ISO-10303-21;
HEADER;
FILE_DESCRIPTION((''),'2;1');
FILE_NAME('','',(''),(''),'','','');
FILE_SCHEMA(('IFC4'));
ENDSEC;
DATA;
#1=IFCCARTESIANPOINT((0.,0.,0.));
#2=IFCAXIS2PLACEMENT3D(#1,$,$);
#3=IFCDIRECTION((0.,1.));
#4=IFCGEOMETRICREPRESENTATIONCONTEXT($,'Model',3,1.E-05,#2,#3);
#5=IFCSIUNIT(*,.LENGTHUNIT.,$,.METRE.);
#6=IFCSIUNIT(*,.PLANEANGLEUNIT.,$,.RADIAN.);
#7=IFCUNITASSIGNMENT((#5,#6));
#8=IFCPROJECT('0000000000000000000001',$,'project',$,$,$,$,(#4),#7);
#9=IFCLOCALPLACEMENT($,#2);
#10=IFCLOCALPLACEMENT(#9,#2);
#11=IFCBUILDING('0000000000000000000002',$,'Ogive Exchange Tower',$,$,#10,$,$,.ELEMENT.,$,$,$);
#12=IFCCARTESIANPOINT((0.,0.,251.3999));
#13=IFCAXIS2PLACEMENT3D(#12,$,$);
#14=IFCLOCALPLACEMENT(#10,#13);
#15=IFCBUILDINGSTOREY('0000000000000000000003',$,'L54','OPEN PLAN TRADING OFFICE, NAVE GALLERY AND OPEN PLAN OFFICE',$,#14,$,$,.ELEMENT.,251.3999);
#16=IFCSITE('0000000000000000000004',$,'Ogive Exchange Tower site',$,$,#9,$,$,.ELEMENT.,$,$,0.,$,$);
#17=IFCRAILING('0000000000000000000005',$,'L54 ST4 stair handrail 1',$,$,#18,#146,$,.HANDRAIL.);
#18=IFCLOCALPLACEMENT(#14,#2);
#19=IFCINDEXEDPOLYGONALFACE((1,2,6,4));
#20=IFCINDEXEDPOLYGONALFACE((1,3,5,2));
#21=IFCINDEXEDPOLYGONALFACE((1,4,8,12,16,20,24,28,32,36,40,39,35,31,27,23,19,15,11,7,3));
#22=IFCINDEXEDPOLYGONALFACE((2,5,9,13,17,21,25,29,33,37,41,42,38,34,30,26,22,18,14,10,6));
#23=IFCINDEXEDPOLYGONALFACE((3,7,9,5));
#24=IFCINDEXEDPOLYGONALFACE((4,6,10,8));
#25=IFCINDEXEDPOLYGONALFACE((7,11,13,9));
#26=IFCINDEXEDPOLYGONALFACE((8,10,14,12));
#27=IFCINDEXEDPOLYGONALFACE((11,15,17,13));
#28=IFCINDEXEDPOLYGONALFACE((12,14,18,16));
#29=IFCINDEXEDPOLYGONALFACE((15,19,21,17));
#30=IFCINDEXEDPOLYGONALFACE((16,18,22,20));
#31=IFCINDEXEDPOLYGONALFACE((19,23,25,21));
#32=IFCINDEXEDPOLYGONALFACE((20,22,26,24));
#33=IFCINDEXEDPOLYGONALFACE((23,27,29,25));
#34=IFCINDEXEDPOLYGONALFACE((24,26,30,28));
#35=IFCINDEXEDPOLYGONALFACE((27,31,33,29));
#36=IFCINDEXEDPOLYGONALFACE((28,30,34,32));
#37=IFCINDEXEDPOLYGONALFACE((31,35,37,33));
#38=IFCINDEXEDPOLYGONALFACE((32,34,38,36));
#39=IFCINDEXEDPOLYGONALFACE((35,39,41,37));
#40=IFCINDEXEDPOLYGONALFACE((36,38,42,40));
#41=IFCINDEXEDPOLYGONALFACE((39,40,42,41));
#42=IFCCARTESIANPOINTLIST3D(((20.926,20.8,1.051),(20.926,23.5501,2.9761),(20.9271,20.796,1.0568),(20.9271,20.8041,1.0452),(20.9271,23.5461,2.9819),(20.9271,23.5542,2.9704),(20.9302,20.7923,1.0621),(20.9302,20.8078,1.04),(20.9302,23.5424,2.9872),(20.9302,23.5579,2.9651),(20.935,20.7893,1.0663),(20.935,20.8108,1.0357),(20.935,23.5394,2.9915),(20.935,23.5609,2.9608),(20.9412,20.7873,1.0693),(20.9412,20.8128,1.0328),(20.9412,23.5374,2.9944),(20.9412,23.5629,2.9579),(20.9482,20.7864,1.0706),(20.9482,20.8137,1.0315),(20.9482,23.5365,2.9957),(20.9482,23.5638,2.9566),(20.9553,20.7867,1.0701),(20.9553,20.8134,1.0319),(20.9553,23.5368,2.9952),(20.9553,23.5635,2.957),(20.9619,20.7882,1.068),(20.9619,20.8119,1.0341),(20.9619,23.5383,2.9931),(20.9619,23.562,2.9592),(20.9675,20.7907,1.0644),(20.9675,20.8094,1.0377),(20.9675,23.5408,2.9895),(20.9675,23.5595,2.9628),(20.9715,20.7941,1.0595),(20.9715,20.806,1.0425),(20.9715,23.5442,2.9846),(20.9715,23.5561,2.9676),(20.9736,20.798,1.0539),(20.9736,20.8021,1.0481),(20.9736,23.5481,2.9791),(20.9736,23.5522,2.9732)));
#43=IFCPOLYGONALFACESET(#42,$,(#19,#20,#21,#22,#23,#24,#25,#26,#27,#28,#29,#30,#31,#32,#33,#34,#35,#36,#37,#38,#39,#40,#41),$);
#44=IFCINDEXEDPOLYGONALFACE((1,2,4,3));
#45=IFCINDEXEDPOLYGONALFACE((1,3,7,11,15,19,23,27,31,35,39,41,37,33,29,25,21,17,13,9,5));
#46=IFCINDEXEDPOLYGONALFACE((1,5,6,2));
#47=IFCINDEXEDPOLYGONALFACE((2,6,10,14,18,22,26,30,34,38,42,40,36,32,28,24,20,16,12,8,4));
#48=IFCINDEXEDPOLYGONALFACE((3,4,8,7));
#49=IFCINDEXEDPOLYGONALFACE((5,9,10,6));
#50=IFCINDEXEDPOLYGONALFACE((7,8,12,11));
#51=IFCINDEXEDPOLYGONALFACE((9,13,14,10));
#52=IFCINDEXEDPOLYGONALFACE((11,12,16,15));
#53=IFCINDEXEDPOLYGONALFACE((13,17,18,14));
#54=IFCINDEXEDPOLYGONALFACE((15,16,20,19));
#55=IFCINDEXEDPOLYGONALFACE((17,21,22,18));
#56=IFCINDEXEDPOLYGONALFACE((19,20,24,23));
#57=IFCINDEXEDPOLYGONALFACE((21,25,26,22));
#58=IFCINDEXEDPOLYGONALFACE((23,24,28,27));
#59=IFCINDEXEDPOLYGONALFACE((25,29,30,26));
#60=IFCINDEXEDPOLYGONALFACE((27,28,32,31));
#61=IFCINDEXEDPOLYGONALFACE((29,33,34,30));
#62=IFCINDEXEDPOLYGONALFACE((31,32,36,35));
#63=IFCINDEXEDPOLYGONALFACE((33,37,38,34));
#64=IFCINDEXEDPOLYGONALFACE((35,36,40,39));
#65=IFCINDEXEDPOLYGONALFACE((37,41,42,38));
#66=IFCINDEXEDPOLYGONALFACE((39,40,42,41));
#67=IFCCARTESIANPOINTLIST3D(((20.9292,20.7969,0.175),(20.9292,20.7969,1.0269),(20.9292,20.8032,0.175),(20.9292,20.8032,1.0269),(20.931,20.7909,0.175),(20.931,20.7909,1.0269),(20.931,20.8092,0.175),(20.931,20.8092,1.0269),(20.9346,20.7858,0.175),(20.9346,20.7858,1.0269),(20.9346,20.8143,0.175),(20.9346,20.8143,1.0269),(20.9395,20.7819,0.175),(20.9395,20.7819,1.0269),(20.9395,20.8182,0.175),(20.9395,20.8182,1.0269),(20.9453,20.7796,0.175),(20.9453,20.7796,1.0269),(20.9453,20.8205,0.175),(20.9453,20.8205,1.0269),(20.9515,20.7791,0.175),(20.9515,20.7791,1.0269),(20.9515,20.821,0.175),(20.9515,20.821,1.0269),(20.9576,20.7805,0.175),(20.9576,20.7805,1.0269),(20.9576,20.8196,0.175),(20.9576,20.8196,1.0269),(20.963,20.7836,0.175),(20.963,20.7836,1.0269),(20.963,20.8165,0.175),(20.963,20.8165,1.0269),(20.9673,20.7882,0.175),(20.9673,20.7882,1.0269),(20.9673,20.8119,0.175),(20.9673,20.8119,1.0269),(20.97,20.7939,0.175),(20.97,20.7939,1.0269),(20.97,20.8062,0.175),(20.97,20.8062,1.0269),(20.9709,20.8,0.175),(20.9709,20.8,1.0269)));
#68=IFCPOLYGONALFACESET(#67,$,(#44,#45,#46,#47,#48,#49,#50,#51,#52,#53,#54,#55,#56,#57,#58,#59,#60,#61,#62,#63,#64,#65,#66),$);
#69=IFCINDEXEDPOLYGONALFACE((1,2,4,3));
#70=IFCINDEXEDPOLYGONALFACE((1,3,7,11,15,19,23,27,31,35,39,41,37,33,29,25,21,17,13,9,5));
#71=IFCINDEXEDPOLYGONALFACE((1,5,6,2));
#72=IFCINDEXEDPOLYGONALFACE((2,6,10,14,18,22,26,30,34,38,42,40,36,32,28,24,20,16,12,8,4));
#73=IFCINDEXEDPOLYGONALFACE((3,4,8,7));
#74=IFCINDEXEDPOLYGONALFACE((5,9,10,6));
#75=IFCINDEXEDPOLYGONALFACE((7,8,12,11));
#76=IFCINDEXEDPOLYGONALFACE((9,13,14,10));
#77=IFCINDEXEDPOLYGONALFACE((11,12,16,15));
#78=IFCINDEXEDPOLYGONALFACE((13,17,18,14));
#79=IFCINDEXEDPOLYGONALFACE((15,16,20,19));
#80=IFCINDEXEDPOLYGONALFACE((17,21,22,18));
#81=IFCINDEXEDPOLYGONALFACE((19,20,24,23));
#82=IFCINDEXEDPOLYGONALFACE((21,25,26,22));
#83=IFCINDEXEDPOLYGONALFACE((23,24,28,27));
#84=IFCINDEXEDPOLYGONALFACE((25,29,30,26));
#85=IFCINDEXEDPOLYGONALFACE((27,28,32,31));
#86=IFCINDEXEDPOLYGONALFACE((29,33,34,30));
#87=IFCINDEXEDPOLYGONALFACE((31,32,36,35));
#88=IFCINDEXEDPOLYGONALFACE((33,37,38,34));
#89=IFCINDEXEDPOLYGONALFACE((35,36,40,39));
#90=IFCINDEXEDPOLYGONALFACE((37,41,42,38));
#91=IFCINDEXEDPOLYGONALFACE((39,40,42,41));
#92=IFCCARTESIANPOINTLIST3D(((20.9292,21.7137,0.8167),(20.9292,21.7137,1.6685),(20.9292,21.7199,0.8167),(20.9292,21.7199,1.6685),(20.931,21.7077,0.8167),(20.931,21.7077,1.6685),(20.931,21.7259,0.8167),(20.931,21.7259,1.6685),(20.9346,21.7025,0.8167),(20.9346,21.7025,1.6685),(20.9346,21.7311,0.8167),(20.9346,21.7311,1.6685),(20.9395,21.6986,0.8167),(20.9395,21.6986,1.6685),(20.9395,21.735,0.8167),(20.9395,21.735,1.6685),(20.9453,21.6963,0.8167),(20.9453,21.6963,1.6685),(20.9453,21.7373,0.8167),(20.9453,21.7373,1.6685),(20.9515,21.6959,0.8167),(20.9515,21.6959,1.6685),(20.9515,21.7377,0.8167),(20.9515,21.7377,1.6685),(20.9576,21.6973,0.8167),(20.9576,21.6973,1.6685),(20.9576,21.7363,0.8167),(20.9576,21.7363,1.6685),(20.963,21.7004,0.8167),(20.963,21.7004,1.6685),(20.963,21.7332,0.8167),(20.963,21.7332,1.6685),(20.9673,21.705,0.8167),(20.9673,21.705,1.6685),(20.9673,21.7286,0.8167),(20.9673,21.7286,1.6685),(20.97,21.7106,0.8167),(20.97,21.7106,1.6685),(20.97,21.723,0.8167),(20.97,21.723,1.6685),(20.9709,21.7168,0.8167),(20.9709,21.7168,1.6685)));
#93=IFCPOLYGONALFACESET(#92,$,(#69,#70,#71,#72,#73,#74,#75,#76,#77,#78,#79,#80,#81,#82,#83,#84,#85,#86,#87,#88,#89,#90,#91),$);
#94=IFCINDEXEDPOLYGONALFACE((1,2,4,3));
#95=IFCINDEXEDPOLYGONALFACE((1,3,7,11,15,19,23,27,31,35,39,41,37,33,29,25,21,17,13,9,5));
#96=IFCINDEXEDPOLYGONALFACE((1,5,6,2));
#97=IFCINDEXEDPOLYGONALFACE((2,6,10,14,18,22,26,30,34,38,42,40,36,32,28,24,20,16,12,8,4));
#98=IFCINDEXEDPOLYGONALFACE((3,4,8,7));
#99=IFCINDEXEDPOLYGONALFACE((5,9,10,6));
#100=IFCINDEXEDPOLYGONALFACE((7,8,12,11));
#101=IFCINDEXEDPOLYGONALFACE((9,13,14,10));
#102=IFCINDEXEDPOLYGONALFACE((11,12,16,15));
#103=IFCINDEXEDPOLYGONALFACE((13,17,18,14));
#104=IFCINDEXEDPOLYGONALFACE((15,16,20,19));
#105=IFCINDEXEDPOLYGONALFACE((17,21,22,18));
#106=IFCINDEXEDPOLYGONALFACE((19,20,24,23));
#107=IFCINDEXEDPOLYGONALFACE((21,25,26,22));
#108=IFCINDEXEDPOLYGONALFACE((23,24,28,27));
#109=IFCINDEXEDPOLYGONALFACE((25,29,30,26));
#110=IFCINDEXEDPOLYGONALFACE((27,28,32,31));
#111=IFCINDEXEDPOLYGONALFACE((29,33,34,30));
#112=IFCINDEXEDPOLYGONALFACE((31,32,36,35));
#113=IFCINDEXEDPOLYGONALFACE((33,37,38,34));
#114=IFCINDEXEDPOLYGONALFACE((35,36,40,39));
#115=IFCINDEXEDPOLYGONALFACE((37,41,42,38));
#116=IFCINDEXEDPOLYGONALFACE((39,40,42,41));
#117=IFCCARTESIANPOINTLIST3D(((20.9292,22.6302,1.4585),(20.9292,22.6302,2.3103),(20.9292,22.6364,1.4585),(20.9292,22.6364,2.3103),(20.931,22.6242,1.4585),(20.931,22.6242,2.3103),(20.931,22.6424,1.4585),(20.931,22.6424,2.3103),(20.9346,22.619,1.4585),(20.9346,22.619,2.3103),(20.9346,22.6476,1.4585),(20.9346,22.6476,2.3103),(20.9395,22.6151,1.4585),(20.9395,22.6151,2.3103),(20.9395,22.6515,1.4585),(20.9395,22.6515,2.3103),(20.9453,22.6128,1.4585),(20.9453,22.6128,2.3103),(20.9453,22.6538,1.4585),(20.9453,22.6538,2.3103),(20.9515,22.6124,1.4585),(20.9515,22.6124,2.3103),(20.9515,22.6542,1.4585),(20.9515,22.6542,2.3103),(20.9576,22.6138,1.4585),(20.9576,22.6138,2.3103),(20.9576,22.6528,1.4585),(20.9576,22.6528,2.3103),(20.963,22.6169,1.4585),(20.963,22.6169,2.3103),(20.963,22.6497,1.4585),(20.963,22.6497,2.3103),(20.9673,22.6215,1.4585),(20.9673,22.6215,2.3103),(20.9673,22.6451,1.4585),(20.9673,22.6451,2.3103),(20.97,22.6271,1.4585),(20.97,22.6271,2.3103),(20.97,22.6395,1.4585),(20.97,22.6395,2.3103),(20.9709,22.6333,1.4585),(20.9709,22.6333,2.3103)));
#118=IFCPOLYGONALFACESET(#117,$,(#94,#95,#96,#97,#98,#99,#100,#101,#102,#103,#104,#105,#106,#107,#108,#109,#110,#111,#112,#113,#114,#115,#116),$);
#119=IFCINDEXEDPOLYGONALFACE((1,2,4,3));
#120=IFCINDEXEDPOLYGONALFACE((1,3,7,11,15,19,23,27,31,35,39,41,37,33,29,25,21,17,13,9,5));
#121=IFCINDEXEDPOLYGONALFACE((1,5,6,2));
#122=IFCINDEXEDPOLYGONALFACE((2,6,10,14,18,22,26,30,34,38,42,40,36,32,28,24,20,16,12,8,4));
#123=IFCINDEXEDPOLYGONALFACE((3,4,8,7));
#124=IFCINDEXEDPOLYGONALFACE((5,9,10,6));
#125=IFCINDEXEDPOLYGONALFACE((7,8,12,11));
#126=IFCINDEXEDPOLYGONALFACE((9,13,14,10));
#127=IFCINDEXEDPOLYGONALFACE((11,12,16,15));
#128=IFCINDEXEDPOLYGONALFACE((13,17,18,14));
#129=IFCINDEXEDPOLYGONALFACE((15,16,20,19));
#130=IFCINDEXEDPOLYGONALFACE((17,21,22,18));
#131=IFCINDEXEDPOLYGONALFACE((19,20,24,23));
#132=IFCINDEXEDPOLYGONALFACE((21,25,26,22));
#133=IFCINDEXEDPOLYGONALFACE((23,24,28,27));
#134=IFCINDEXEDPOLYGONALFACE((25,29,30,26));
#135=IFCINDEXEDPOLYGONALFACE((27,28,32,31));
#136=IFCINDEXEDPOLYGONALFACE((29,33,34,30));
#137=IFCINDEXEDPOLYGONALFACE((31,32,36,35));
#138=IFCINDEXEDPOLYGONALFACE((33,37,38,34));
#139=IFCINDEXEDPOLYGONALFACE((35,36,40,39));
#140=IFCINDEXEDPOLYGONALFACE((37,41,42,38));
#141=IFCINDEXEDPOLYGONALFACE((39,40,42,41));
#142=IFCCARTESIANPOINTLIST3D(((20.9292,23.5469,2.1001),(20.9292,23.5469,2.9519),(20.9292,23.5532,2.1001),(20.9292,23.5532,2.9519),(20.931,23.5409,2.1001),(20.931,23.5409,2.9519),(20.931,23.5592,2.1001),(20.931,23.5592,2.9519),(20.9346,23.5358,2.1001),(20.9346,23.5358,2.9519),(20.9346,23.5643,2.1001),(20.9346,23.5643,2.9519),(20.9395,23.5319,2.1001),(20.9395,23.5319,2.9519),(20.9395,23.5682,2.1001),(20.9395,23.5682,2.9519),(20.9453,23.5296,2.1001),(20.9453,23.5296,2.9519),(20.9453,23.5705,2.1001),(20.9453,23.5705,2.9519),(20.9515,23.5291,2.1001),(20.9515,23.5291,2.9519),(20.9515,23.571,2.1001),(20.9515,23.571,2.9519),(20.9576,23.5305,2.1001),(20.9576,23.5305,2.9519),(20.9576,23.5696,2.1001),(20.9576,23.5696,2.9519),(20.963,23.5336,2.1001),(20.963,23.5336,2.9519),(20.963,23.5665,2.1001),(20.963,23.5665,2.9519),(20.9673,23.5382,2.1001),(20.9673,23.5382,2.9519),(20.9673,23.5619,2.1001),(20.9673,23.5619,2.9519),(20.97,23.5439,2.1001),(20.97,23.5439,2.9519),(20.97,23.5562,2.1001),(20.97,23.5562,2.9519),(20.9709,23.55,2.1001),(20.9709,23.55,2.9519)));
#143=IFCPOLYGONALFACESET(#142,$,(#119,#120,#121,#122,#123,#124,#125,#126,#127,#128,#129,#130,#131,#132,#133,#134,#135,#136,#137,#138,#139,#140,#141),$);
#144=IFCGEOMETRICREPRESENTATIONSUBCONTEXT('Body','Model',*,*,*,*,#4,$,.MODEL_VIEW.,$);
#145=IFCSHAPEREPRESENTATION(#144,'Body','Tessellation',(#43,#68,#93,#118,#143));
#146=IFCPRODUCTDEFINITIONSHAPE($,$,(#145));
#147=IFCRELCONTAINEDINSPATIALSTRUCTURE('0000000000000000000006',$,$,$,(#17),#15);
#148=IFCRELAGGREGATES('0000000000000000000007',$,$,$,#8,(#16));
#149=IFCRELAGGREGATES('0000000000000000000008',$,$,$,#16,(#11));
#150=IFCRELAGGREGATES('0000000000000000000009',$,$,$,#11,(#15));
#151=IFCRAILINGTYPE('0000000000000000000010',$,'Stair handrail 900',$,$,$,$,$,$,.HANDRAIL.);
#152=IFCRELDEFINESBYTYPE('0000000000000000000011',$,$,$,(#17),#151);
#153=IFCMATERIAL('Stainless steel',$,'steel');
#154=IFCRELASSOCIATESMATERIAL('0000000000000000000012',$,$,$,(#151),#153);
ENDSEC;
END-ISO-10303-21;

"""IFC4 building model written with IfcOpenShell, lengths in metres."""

from ifc_helpers import new_model, si_unit, direction, frame, origin, origin_2d, place, context, subcontext, project, spatial, circle, extrude, material, type_object, element, save


model = new_model("IFC4")

# Units and contexts
model_context = context("Model", 3, precision=1e-05, world=origin(), true_north=direction((0.0, 1.0)))
body_context = subcontext(model_context, "Body", "Model", "MODEL_VIEW")
ifc_project = project(units=[si_unit("LENGTHUNIT", "METRE"), si_unit("PLANEANGLEUNIT", "RADIAN")], contexts=[model_context])

# Site, building, storey
site_placement = place(None, origin())
site = spatial("IfcSite", under=ifc_project, at=site_placement, Name="Ogive Exchange Tower site", CompositionType="ELEMENT", RefElevation=0.0)
building_placement = place(site_placement, origin())
building = spatial("IfcBuilding", under=site, at=building_placement, Name="Ogive Exchange Tower", CompositionType="ELEMENT")
storey_placement = place(building_placement, frame((0.0, 0.0, 251.3999)))
storey = spatial("IfcBuildingStorey", under=building, at=storey_placement, Name="L54", Description="OPEN PLAN TRADING OFFICE, NAVE GALLERY AND OPEN PLAN OFFICE", CompositionType="ELEMENT", Elevation=251.3999)

# Railing
ifc_material_1 = material(Name="Stainless steel", Category="steel")
railing_type = type_object("IfcRailingType", Name="Stair handrail 900", PredefinedType="HANDRAIL", material=ifc_material_1)
railing_placement = place(storey_placement, frame((20.95, 20.8, 0.175)))
element("IfcRailing", 1, at=railing_placement, inside=storey, type_object=railing_type, Name="L54 ST4 stair handrail 1", PredefinedType="HANDRAIL", context=body_context, shape_type="SweptSolid", body=[
    extrude(circle(Radius=0.0239, at=origin_2d()), frame((0.0, 0.0, 0.876), z_axis=(0.0, 0.819225, 0.573472), x_axis=(-1.0, 0.0, 0.0)), (0.0, 0.0, 1.0), 3.3569),
    extrude(circle(Radius=0.021, at=origin_2d()), origin(), (0.0, 0.0, 1.0), 0.8518),
    extrude(circle(Radius=0.021, at=origin_2d()), frame((0.0, 0.9167, 0.6416)), (0.0, 0.0, 1.0), 0.8518),
    extrude(circle(Radius=0.021, at=origin_2d()), frame((0.0, 1.8333, 1.2834)), (0.0, 0.0, 1.0), 0.8518),
    extrude(circle(Radius=0.021, at=origin_2d()), frame((0.0, 2.75, 1.925)), (0.0, 0.0, 1.0), 0.8518),
])

save(model, "model.ifc")
